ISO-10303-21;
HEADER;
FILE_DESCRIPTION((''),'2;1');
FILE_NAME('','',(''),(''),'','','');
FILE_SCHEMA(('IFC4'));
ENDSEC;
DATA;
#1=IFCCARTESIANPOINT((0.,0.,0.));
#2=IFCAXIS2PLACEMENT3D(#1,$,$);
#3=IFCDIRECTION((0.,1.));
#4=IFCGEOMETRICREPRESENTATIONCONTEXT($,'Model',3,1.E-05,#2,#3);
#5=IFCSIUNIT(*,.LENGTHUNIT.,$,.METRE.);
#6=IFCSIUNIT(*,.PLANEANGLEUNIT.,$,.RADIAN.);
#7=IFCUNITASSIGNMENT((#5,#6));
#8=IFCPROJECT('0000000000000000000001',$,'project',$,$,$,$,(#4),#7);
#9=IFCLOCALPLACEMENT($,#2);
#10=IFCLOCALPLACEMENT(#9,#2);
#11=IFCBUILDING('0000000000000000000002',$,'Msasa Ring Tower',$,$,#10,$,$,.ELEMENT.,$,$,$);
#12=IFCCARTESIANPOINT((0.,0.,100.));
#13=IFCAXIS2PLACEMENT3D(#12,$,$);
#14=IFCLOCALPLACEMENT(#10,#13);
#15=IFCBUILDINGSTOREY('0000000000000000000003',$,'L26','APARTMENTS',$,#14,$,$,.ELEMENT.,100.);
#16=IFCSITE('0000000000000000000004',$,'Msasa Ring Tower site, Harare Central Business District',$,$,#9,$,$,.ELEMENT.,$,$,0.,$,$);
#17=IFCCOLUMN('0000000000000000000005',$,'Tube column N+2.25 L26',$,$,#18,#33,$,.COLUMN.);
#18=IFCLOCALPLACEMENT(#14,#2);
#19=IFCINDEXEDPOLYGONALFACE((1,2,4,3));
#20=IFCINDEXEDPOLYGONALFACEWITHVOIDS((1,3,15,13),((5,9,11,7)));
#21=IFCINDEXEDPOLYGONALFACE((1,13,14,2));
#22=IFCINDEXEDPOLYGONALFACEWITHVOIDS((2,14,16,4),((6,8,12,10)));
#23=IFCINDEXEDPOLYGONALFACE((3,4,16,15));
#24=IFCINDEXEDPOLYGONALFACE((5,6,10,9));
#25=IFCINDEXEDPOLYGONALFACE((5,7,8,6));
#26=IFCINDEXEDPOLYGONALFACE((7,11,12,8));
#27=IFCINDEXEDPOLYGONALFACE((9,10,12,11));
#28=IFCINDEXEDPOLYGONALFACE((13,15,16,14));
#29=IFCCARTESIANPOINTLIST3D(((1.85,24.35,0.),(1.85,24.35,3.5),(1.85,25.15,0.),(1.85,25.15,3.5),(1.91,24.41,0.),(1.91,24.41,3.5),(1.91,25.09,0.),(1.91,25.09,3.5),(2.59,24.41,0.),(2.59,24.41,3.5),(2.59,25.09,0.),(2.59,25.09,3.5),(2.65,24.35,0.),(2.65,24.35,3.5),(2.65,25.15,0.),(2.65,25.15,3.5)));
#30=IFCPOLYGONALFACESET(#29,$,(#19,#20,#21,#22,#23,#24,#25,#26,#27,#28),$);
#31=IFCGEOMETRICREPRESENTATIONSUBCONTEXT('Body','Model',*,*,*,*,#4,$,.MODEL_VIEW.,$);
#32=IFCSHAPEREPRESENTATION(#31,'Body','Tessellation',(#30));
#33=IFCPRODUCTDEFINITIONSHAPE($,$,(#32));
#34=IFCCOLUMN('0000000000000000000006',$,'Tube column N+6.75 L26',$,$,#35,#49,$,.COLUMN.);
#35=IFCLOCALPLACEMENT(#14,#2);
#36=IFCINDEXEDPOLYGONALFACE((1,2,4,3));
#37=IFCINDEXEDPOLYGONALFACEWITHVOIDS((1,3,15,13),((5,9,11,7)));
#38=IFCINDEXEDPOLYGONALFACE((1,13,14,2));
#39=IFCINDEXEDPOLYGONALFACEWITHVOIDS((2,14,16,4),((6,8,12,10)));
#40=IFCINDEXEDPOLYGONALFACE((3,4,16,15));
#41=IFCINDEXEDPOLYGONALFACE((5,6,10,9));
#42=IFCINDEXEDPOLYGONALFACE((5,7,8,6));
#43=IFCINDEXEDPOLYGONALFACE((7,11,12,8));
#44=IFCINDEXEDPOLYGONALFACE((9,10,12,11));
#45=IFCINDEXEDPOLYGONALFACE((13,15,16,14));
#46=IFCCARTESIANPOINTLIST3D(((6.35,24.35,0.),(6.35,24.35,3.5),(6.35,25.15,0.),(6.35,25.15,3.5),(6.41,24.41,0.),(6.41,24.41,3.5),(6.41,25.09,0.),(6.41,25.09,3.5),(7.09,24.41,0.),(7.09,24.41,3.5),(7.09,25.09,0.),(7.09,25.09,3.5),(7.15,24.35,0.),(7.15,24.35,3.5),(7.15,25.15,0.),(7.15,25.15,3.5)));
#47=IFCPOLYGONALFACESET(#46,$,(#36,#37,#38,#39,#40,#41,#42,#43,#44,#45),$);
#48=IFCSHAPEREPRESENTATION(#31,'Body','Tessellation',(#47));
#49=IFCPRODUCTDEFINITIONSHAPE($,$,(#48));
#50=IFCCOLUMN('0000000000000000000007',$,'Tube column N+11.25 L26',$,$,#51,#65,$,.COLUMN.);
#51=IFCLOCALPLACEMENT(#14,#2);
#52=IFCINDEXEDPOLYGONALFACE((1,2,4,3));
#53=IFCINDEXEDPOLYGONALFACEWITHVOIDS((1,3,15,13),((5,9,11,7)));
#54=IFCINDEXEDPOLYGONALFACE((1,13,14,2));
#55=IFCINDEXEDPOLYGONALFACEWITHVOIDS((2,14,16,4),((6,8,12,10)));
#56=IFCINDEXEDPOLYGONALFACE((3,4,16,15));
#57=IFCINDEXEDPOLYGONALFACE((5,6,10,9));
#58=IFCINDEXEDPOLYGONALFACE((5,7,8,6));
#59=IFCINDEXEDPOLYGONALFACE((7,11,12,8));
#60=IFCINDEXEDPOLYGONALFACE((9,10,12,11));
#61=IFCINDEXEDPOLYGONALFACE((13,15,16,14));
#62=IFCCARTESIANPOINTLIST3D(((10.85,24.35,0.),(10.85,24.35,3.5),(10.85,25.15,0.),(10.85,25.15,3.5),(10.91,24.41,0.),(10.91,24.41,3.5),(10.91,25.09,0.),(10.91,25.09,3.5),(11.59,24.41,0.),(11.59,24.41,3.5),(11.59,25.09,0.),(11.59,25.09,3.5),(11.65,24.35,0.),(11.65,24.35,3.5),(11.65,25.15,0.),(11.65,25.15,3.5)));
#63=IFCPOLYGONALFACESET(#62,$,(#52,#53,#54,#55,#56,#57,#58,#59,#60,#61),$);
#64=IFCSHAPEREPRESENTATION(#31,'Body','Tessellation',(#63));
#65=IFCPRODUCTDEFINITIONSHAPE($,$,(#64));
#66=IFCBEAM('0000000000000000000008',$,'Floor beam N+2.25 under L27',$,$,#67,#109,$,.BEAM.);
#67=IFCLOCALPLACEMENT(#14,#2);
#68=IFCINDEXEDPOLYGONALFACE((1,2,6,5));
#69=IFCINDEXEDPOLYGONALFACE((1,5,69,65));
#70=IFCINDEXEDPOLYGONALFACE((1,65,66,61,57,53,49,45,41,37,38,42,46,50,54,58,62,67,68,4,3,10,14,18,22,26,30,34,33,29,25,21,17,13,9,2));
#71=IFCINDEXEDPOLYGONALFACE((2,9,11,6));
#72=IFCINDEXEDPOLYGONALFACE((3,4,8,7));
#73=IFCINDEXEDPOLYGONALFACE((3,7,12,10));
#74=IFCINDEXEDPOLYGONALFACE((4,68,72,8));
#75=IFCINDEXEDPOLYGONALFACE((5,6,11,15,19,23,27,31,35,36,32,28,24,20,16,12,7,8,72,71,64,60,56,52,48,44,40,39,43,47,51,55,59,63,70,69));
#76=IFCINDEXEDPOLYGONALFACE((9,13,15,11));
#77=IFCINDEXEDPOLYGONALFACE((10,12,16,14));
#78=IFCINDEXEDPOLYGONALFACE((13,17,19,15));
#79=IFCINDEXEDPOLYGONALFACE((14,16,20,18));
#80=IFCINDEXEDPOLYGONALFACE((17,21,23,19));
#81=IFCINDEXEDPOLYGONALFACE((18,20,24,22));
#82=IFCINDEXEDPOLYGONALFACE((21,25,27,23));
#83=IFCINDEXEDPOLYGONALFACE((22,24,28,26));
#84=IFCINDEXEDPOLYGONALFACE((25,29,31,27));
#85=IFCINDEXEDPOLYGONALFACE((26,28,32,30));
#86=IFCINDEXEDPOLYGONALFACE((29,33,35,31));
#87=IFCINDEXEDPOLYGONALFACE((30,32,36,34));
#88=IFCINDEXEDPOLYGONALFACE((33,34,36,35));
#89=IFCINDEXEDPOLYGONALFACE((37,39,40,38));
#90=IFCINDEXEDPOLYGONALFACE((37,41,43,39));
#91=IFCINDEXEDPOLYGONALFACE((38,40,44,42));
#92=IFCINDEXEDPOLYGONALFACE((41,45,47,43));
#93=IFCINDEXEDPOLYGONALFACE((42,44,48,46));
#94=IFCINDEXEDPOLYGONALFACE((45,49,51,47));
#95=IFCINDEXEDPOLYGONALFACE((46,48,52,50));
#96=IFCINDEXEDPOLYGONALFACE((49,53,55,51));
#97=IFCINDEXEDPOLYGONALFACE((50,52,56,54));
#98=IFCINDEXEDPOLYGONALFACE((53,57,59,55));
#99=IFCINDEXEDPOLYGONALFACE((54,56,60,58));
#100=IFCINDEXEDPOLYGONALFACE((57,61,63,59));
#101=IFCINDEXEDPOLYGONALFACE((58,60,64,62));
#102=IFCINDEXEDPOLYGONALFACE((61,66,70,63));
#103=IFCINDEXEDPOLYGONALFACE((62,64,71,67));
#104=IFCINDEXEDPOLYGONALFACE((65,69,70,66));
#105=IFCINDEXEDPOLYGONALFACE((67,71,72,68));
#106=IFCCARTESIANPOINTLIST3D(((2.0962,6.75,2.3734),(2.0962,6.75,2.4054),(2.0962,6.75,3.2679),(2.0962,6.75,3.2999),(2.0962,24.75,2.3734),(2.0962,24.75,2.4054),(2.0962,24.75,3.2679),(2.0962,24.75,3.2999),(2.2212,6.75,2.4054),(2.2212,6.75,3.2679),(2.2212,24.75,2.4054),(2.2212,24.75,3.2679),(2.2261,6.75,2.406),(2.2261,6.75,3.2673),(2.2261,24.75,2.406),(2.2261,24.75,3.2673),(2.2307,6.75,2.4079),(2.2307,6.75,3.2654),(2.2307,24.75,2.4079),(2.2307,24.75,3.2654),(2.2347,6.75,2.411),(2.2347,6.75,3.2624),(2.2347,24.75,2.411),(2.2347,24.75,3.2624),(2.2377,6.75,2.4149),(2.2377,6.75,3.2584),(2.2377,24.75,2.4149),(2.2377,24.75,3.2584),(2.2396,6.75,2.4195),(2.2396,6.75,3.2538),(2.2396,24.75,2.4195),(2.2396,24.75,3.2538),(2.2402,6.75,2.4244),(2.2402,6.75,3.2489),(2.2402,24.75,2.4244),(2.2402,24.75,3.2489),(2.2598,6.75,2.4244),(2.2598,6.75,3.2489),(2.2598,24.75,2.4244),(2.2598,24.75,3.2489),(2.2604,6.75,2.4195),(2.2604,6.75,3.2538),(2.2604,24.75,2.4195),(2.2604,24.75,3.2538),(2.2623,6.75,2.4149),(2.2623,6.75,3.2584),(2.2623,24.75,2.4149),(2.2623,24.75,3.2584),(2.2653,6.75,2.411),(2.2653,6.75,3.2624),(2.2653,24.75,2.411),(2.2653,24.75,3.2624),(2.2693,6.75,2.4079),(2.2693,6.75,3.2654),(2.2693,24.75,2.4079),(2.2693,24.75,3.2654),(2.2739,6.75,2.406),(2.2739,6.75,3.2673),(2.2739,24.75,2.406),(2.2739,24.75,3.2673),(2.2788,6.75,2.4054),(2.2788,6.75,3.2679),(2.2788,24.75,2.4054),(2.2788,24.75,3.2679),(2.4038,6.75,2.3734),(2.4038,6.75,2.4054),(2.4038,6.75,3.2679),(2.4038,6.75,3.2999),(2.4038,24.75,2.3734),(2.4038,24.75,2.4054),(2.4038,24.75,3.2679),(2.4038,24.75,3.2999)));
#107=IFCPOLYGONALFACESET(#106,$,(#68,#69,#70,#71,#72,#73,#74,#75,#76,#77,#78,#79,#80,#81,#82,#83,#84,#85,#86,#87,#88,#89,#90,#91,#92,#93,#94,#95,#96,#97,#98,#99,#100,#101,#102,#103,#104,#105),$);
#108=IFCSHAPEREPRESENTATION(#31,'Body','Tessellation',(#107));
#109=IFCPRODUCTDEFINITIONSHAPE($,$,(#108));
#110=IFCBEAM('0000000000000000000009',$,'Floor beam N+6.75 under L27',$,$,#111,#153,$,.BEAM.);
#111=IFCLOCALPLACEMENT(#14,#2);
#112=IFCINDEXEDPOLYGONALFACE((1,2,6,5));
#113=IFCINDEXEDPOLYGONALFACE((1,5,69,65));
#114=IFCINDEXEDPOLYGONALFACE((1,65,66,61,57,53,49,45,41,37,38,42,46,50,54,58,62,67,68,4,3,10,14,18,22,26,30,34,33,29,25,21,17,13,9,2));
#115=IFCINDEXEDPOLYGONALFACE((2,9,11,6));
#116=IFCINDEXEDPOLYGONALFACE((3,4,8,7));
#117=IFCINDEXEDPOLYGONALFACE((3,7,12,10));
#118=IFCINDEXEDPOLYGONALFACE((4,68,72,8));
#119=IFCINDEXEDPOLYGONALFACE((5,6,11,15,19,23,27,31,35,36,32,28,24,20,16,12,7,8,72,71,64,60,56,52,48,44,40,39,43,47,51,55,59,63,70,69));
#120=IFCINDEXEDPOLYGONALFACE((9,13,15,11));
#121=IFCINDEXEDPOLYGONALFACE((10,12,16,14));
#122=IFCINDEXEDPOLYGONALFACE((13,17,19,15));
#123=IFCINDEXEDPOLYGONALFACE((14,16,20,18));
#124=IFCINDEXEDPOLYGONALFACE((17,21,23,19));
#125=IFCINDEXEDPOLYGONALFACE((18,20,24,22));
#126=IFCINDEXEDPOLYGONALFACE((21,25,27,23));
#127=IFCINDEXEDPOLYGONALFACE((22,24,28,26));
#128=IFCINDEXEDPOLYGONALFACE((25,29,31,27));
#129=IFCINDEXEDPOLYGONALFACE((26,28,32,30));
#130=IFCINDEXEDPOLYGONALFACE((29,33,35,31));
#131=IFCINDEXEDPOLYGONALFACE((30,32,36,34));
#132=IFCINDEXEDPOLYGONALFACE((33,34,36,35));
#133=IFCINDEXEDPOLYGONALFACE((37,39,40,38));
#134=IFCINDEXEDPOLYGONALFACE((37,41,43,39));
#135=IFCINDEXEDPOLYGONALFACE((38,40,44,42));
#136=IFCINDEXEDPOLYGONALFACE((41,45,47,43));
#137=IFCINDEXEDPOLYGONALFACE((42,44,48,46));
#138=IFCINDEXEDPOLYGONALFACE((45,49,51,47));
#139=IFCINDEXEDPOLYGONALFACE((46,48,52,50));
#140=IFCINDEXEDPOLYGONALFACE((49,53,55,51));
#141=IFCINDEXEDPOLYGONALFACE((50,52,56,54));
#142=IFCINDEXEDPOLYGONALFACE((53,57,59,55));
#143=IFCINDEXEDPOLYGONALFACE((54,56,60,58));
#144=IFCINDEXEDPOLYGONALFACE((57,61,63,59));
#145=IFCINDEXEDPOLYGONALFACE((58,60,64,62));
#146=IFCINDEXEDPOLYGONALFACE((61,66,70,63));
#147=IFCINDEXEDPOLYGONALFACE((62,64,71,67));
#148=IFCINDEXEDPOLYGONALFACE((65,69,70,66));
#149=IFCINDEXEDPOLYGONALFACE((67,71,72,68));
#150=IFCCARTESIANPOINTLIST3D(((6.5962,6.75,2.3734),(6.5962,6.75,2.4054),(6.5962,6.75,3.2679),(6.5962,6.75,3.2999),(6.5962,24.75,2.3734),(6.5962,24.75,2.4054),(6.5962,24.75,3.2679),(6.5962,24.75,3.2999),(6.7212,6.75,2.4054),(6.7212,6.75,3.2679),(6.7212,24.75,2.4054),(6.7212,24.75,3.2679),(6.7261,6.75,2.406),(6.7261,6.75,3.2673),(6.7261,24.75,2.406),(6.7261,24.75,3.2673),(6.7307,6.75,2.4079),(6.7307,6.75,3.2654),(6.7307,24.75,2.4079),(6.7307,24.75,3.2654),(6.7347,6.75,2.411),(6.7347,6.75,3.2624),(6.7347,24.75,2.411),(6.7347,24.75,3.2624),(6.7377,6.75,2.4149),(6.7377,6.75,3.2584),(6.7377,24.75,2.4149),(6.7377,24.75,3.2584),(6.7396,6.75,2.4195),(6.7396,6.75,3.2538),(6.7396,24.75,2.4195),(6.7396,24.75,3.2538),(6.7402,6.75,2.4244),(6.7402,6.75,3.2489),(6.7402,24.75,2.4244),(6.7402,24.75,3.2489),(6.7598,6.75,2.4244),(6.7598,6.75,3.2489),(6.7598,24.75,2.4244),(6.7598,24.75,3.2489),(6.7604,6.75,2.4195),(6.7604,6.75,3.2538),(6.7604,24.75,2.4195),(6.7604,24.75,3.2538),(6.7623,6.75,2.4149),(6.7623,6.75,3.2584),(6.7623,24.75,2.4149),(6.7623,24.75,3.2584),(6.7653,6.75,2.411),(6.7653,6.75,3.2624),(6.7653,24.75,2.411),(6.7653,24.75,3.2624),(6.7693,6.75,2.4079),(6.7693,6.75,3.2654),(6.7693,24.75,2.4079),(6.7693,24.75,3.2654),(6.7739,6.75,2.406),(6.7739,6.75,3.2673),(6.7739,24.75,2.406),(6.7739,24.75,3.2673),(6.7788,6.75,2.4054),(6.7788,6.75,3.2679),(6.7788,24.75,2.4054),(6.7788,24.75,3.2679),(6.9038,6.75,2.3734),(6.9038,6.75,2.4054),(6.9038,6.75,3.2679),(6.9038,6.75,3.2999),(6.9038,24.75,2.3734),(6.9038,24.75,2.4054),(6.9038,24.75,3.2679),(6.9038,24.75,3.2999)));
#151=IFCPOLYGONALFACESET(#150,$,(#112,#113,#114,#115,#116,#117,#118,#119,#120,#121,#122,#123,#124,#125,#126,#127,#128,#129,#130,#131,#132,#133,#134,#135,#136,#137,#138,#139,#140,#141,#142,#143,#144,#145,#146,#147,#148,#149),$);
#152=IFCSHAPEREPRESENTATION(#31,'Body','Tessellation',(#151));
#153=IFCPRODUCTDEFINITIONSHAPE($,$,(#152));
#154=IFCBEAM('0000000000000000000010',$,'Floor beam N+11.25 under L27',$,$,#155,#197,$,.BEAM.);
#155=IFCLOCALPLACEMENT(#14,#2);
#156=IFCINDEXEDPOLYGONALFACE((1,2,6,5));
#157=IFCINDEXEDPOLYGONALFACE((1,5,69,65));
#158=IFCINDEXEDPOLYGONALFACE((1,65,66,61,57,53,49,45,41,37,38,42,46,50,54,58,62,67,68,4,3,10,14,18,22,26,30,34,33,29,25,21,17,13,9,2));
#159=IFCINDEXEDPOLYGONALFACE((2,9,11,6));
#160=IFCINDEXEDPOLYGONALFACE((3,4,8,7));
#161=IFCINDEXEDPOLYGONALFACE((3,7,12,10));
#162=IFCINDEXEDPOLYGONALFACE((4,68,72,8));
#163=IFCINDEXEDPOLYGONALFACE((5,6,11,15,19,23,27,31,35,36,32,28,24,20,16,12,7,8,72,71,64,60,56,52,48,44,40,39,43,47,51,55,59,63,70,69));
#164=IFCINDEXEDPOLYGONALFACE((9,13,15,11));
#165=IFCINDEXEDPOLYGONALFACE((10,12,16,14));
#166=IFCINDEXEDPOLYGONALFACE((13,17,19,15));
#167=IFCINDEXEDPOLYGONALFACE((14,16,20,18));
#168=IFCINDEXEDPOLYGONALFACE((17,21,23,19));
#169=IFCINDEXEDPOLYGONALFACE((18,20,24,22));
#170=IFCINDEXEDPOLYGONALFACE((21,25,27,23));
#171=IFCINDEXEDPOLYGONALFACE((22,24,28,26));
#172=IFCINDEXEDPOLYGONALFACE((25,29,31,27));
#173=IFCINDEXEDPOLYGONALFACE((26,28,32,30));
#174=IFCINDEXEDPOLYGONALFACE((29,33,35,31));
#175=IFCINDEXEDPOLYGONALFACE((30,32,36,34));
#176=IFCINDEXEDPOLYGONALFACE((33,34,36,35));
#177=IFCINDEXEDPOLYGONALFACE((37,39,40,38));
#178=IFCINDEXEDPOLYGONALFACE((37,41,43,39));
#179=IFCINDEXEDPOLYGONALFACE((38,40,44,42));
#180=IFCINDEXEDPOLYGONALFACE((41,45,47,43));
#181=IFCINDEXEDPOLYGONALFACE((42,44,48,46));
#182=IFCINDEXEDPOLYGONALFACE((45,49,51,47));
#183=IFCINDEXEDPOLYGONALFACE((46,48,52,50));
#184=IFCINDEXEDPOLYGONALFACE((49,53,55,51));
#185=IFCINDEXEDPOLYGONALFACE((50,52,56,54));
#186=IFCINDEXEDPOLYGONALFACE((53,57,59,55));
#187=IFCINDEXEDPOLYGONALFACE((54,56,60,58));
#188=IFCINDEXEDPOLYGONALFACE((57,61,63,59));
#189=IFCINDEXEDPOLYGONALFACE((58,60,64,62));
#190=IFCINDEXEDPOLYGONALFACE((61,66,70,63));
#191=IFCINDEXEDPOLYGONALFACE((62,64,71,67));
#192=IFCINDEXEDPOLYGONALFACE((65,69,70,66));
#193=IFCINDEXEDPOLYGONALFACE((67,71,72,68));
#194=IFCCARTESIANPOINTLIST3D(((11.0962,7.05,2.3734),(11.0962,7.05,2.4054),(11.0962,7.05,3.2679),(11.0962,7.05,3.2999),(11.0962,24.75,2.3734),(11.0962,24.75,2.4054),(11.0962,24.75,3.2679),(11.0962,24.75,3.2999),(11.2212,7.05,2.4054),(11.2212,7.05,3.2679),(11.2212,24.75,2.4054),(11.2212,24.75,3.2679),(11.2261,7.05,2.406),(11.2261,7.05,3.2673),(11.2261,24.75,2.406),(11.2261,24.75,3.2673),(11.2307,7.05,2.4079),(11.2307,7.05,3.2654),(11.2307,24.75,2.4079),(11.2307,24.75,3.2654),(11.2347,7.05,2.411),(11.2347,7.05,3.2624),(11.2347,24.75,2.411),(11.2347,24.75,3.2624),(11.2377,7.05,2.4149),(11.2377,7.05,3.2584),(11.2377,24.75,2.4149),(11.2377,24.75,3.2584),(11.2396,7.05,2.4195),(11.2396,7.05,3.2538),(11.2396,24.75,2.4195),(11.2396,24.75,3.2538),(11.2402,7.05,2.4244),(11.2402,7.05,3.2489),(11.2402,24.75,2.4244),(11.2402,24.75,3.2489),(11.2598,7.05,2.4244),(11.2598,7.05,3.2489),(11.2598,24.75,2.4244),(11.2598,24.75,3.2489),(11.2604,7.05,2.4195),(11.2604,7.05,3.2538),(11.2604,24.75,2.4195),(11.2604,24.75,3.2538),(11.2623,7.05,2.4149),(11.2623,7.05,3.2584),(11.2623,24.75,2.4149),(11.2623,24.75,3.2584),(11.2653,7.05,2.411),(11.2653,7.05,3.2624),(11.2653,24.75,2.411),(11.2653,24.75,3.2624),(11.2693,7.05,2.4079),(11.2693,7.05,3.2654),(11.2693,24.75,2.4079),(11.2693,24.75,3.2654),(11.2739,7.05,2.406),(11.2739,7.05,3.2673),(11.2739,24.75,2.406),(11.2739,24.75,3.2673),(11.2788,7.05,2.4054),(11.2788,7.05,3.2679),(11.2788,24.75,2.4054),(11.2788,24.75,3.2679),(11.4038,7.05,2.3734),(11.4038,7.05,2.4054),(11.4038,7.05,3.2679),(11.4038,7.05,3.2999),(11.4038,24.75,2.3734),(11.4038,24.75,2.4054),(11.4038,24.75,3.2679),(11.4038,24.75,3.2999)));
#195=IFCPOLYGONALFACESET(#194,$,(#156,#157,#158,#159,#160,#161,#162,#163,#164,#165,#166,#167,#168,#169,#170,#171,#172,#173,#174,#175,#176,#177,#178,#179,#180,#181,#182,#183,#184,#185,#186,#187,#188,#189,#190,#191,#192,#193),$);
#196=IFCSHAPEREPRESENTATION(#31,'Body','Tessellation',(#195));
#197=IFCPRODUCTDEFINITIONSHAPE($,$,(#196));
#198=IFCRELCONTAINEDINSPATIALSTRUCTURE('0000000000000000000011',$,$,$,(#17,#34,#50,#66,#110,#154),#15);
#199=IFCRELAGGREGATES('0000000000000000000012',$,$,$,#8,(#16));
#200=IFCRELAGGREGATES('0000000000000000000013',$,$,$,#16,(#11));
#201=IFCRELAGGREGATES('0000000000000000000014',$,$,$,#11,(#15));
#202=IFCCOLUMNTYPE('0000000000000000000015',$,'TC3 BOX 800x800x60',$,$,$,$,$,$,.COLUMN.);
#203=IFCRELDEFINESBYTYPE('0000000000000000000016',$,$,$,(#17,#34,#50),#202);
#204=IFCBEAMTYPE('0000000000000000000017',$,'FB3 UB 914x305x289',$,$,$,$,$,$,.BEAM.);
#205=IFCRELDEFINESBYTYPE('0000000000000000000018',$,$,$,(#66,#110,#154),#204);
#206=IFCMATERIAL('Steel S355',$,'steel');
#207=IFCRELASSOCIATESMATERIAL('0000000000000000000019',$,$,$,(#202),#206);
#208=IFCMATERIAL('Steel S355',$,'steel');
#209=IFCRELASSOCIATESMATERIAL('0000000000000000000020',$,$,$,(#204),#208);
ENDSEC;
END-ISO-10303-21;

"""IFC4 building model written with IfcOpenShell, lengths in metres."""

from ifc_helpers import new_model, si_unit, direction, frame, origin, origin_2d, place, context, subcontext, project, spatial, hollow_rectangle, i_section, extrude, material, material_profile, profile_set, type_object, element, save


model = new_model("IFC4")

# Units and contexts
model_context = context("Model", 3, precision=1e-05, world=origin(), true_north=direction((0.0, 1.0)))
body_context = subcontext(model_context, "Body", "Model", "MODEL_VIEW")
ifc_project = project(units=[si_unit("LENGTHUNIT", "METRE"), si_unit("PLANEANGLEUNIT", "RADIAN")], contexts=[model_context])

# Site, building, storey
site_placement = place(None, origin())
site = spatial("IfcSite", under=ifc_project, at=site_placement, Name="Msasa Ring Tower site, Harare Central Business District", CompositionType="ELEMENT", RefElevation=0.0)
building_placement = place(site_placement, origin())
building = spatial("IfcBuilding", under=site, at=building_placement, Name="Msasa Ring Tower", CompositionType="ELEMENT")
storey_placement = place(building_placement, frame((0.0, 0.0, 100.0)))
storey = spatial("IfcBuildingStorey", under=building, at=storey_placement, Name="L26", Description="APARTMENTS", CompositionType="ELEMENT", Elevation=100.0)

# Columns
ifc_material_1 = material(Name="Steel S355", Category="steel")
ifc_material_profile_1 = material_profile(ifc_material_1, hollow_rectangle(XDim=0.8, YDim=0.8, WallThickness=0.0601, at=origin_2d()), Name="BOX 800x800x60")
ifc_profile_set_1 = profile_set([ifc_material_profile_1], Name="Steel S355")
column_type = type_object("IfcColumnType", Name="TC3 BOX 800x800x60", PredefinedType="COLUMN", material=ifc_profile_set_1)
for number, where, z_axis, x_axis, name in (
    (1, (2.25, 24.75, 0.0), (0.0, 0.0, 1.0), (0.0, 1.0, 0.0), "Tube column N+2.25 L26"),
    (2, (6.75, 24.75, 0.0), (0.0, 0.0, 1.0), (0.0, 1.0, 0.0), "Tube column N+6.75 L26"),
    (3, (11.25, 24.75, 0.0), (0.0, 0.0, 1.0), (0.0, 1.0, 0.0), "Tube column N+11.25 L26"),
):
    element("IfcColumn", number, at=place(storey_placement, frame(where, z_axis=z_axis, x_axis=x_axis)), inside=storey, type_object=column_type, Name=name, PredefinedType="COLUMN", context=body_context, shape_type="SweptSolid", body=[
        extrude(hollow_rectangle(XDim=0.8, YDim=0.8, WallThickness=0.0601, at=origin_2d()), origin(), (0.0, 0.0, 1.0), 3.5),
    ])

# Beams
ifc_material_2 = material(Name="Steel S355", Category="steel")
ifc_material_profile_2 = material_profile(ifc_material_2, i_section(OverallWidth=0.3076, OverallDepth=0.9265, WebThickness=0.0195, FlangeThickness=0.032, FilletRadius=0.019, at=origin_2d()), Name="UB 914x305x289")
ifc_profile_set_2 = profile_set([ifc_material_profile_2], Name="Steel S355")
beam_type_1 = type_object("IfcBeamType", Name="FB3 UB 914x305x289", PredefinedType="BEAM", material=ifc_profile_set_2)
for number, where, z_axis, x_axis, name in (
    (4, (2.25, 24.75, 2.8367), (0.0, -1.0, 0.0), (1.0, 0.0, 0.0), "Floor beam N+2.25 under L27"),
    (5, (6.75, 24.75, 2.8367), (0.0, -1.0, 0.0), (1.0, 0.0, 0.0), "Floor beam N+6.75 under L27"),
):
    element("IfcBeam", number, at=place(storey_placement, frame(where, z_axis=z_axis, x_axis=x_axis)), inside=storey, type_object=beam_type_1, Name=name, PredefinedType="BEAM", context=body_context, shape_type="SweptSolid", body=[
        extrude(i_section(OverallWidth=0.3076, OverallDepth=0.9265, WebThickness=0.0195, FlangeThickness=0.032, FilletRadius=0.019, at=origin_2d()), origin(), (0.0, 0.0, 1.0), 18.0),
    ])
beam_placement = place(storey_placement, frame((11.25, 24.75, 2.8367), z_axis=(0.0, -1.0, 0.0), x_axis=(1.0, 0.0, 0.0)))
element("IfcBeam", 6, at=beam_placement, inside=storey, type_object=beam_type_1, Name="Floor beam N+11.25 under L27", PredefinedType="BEAM", context=body_context, shape_type="SweptSolid", body=[
    extrude(i_section(OverallWidth=0.3076, OverallDepth=0.9265, WebThickness=0.0195, FlangeThickness=0.032, FilletRadius=0.019, at=origin_2d()), origin(), (0.0, 0.0, 1.0), 17.7),
])

save(model, "model.ifc")
